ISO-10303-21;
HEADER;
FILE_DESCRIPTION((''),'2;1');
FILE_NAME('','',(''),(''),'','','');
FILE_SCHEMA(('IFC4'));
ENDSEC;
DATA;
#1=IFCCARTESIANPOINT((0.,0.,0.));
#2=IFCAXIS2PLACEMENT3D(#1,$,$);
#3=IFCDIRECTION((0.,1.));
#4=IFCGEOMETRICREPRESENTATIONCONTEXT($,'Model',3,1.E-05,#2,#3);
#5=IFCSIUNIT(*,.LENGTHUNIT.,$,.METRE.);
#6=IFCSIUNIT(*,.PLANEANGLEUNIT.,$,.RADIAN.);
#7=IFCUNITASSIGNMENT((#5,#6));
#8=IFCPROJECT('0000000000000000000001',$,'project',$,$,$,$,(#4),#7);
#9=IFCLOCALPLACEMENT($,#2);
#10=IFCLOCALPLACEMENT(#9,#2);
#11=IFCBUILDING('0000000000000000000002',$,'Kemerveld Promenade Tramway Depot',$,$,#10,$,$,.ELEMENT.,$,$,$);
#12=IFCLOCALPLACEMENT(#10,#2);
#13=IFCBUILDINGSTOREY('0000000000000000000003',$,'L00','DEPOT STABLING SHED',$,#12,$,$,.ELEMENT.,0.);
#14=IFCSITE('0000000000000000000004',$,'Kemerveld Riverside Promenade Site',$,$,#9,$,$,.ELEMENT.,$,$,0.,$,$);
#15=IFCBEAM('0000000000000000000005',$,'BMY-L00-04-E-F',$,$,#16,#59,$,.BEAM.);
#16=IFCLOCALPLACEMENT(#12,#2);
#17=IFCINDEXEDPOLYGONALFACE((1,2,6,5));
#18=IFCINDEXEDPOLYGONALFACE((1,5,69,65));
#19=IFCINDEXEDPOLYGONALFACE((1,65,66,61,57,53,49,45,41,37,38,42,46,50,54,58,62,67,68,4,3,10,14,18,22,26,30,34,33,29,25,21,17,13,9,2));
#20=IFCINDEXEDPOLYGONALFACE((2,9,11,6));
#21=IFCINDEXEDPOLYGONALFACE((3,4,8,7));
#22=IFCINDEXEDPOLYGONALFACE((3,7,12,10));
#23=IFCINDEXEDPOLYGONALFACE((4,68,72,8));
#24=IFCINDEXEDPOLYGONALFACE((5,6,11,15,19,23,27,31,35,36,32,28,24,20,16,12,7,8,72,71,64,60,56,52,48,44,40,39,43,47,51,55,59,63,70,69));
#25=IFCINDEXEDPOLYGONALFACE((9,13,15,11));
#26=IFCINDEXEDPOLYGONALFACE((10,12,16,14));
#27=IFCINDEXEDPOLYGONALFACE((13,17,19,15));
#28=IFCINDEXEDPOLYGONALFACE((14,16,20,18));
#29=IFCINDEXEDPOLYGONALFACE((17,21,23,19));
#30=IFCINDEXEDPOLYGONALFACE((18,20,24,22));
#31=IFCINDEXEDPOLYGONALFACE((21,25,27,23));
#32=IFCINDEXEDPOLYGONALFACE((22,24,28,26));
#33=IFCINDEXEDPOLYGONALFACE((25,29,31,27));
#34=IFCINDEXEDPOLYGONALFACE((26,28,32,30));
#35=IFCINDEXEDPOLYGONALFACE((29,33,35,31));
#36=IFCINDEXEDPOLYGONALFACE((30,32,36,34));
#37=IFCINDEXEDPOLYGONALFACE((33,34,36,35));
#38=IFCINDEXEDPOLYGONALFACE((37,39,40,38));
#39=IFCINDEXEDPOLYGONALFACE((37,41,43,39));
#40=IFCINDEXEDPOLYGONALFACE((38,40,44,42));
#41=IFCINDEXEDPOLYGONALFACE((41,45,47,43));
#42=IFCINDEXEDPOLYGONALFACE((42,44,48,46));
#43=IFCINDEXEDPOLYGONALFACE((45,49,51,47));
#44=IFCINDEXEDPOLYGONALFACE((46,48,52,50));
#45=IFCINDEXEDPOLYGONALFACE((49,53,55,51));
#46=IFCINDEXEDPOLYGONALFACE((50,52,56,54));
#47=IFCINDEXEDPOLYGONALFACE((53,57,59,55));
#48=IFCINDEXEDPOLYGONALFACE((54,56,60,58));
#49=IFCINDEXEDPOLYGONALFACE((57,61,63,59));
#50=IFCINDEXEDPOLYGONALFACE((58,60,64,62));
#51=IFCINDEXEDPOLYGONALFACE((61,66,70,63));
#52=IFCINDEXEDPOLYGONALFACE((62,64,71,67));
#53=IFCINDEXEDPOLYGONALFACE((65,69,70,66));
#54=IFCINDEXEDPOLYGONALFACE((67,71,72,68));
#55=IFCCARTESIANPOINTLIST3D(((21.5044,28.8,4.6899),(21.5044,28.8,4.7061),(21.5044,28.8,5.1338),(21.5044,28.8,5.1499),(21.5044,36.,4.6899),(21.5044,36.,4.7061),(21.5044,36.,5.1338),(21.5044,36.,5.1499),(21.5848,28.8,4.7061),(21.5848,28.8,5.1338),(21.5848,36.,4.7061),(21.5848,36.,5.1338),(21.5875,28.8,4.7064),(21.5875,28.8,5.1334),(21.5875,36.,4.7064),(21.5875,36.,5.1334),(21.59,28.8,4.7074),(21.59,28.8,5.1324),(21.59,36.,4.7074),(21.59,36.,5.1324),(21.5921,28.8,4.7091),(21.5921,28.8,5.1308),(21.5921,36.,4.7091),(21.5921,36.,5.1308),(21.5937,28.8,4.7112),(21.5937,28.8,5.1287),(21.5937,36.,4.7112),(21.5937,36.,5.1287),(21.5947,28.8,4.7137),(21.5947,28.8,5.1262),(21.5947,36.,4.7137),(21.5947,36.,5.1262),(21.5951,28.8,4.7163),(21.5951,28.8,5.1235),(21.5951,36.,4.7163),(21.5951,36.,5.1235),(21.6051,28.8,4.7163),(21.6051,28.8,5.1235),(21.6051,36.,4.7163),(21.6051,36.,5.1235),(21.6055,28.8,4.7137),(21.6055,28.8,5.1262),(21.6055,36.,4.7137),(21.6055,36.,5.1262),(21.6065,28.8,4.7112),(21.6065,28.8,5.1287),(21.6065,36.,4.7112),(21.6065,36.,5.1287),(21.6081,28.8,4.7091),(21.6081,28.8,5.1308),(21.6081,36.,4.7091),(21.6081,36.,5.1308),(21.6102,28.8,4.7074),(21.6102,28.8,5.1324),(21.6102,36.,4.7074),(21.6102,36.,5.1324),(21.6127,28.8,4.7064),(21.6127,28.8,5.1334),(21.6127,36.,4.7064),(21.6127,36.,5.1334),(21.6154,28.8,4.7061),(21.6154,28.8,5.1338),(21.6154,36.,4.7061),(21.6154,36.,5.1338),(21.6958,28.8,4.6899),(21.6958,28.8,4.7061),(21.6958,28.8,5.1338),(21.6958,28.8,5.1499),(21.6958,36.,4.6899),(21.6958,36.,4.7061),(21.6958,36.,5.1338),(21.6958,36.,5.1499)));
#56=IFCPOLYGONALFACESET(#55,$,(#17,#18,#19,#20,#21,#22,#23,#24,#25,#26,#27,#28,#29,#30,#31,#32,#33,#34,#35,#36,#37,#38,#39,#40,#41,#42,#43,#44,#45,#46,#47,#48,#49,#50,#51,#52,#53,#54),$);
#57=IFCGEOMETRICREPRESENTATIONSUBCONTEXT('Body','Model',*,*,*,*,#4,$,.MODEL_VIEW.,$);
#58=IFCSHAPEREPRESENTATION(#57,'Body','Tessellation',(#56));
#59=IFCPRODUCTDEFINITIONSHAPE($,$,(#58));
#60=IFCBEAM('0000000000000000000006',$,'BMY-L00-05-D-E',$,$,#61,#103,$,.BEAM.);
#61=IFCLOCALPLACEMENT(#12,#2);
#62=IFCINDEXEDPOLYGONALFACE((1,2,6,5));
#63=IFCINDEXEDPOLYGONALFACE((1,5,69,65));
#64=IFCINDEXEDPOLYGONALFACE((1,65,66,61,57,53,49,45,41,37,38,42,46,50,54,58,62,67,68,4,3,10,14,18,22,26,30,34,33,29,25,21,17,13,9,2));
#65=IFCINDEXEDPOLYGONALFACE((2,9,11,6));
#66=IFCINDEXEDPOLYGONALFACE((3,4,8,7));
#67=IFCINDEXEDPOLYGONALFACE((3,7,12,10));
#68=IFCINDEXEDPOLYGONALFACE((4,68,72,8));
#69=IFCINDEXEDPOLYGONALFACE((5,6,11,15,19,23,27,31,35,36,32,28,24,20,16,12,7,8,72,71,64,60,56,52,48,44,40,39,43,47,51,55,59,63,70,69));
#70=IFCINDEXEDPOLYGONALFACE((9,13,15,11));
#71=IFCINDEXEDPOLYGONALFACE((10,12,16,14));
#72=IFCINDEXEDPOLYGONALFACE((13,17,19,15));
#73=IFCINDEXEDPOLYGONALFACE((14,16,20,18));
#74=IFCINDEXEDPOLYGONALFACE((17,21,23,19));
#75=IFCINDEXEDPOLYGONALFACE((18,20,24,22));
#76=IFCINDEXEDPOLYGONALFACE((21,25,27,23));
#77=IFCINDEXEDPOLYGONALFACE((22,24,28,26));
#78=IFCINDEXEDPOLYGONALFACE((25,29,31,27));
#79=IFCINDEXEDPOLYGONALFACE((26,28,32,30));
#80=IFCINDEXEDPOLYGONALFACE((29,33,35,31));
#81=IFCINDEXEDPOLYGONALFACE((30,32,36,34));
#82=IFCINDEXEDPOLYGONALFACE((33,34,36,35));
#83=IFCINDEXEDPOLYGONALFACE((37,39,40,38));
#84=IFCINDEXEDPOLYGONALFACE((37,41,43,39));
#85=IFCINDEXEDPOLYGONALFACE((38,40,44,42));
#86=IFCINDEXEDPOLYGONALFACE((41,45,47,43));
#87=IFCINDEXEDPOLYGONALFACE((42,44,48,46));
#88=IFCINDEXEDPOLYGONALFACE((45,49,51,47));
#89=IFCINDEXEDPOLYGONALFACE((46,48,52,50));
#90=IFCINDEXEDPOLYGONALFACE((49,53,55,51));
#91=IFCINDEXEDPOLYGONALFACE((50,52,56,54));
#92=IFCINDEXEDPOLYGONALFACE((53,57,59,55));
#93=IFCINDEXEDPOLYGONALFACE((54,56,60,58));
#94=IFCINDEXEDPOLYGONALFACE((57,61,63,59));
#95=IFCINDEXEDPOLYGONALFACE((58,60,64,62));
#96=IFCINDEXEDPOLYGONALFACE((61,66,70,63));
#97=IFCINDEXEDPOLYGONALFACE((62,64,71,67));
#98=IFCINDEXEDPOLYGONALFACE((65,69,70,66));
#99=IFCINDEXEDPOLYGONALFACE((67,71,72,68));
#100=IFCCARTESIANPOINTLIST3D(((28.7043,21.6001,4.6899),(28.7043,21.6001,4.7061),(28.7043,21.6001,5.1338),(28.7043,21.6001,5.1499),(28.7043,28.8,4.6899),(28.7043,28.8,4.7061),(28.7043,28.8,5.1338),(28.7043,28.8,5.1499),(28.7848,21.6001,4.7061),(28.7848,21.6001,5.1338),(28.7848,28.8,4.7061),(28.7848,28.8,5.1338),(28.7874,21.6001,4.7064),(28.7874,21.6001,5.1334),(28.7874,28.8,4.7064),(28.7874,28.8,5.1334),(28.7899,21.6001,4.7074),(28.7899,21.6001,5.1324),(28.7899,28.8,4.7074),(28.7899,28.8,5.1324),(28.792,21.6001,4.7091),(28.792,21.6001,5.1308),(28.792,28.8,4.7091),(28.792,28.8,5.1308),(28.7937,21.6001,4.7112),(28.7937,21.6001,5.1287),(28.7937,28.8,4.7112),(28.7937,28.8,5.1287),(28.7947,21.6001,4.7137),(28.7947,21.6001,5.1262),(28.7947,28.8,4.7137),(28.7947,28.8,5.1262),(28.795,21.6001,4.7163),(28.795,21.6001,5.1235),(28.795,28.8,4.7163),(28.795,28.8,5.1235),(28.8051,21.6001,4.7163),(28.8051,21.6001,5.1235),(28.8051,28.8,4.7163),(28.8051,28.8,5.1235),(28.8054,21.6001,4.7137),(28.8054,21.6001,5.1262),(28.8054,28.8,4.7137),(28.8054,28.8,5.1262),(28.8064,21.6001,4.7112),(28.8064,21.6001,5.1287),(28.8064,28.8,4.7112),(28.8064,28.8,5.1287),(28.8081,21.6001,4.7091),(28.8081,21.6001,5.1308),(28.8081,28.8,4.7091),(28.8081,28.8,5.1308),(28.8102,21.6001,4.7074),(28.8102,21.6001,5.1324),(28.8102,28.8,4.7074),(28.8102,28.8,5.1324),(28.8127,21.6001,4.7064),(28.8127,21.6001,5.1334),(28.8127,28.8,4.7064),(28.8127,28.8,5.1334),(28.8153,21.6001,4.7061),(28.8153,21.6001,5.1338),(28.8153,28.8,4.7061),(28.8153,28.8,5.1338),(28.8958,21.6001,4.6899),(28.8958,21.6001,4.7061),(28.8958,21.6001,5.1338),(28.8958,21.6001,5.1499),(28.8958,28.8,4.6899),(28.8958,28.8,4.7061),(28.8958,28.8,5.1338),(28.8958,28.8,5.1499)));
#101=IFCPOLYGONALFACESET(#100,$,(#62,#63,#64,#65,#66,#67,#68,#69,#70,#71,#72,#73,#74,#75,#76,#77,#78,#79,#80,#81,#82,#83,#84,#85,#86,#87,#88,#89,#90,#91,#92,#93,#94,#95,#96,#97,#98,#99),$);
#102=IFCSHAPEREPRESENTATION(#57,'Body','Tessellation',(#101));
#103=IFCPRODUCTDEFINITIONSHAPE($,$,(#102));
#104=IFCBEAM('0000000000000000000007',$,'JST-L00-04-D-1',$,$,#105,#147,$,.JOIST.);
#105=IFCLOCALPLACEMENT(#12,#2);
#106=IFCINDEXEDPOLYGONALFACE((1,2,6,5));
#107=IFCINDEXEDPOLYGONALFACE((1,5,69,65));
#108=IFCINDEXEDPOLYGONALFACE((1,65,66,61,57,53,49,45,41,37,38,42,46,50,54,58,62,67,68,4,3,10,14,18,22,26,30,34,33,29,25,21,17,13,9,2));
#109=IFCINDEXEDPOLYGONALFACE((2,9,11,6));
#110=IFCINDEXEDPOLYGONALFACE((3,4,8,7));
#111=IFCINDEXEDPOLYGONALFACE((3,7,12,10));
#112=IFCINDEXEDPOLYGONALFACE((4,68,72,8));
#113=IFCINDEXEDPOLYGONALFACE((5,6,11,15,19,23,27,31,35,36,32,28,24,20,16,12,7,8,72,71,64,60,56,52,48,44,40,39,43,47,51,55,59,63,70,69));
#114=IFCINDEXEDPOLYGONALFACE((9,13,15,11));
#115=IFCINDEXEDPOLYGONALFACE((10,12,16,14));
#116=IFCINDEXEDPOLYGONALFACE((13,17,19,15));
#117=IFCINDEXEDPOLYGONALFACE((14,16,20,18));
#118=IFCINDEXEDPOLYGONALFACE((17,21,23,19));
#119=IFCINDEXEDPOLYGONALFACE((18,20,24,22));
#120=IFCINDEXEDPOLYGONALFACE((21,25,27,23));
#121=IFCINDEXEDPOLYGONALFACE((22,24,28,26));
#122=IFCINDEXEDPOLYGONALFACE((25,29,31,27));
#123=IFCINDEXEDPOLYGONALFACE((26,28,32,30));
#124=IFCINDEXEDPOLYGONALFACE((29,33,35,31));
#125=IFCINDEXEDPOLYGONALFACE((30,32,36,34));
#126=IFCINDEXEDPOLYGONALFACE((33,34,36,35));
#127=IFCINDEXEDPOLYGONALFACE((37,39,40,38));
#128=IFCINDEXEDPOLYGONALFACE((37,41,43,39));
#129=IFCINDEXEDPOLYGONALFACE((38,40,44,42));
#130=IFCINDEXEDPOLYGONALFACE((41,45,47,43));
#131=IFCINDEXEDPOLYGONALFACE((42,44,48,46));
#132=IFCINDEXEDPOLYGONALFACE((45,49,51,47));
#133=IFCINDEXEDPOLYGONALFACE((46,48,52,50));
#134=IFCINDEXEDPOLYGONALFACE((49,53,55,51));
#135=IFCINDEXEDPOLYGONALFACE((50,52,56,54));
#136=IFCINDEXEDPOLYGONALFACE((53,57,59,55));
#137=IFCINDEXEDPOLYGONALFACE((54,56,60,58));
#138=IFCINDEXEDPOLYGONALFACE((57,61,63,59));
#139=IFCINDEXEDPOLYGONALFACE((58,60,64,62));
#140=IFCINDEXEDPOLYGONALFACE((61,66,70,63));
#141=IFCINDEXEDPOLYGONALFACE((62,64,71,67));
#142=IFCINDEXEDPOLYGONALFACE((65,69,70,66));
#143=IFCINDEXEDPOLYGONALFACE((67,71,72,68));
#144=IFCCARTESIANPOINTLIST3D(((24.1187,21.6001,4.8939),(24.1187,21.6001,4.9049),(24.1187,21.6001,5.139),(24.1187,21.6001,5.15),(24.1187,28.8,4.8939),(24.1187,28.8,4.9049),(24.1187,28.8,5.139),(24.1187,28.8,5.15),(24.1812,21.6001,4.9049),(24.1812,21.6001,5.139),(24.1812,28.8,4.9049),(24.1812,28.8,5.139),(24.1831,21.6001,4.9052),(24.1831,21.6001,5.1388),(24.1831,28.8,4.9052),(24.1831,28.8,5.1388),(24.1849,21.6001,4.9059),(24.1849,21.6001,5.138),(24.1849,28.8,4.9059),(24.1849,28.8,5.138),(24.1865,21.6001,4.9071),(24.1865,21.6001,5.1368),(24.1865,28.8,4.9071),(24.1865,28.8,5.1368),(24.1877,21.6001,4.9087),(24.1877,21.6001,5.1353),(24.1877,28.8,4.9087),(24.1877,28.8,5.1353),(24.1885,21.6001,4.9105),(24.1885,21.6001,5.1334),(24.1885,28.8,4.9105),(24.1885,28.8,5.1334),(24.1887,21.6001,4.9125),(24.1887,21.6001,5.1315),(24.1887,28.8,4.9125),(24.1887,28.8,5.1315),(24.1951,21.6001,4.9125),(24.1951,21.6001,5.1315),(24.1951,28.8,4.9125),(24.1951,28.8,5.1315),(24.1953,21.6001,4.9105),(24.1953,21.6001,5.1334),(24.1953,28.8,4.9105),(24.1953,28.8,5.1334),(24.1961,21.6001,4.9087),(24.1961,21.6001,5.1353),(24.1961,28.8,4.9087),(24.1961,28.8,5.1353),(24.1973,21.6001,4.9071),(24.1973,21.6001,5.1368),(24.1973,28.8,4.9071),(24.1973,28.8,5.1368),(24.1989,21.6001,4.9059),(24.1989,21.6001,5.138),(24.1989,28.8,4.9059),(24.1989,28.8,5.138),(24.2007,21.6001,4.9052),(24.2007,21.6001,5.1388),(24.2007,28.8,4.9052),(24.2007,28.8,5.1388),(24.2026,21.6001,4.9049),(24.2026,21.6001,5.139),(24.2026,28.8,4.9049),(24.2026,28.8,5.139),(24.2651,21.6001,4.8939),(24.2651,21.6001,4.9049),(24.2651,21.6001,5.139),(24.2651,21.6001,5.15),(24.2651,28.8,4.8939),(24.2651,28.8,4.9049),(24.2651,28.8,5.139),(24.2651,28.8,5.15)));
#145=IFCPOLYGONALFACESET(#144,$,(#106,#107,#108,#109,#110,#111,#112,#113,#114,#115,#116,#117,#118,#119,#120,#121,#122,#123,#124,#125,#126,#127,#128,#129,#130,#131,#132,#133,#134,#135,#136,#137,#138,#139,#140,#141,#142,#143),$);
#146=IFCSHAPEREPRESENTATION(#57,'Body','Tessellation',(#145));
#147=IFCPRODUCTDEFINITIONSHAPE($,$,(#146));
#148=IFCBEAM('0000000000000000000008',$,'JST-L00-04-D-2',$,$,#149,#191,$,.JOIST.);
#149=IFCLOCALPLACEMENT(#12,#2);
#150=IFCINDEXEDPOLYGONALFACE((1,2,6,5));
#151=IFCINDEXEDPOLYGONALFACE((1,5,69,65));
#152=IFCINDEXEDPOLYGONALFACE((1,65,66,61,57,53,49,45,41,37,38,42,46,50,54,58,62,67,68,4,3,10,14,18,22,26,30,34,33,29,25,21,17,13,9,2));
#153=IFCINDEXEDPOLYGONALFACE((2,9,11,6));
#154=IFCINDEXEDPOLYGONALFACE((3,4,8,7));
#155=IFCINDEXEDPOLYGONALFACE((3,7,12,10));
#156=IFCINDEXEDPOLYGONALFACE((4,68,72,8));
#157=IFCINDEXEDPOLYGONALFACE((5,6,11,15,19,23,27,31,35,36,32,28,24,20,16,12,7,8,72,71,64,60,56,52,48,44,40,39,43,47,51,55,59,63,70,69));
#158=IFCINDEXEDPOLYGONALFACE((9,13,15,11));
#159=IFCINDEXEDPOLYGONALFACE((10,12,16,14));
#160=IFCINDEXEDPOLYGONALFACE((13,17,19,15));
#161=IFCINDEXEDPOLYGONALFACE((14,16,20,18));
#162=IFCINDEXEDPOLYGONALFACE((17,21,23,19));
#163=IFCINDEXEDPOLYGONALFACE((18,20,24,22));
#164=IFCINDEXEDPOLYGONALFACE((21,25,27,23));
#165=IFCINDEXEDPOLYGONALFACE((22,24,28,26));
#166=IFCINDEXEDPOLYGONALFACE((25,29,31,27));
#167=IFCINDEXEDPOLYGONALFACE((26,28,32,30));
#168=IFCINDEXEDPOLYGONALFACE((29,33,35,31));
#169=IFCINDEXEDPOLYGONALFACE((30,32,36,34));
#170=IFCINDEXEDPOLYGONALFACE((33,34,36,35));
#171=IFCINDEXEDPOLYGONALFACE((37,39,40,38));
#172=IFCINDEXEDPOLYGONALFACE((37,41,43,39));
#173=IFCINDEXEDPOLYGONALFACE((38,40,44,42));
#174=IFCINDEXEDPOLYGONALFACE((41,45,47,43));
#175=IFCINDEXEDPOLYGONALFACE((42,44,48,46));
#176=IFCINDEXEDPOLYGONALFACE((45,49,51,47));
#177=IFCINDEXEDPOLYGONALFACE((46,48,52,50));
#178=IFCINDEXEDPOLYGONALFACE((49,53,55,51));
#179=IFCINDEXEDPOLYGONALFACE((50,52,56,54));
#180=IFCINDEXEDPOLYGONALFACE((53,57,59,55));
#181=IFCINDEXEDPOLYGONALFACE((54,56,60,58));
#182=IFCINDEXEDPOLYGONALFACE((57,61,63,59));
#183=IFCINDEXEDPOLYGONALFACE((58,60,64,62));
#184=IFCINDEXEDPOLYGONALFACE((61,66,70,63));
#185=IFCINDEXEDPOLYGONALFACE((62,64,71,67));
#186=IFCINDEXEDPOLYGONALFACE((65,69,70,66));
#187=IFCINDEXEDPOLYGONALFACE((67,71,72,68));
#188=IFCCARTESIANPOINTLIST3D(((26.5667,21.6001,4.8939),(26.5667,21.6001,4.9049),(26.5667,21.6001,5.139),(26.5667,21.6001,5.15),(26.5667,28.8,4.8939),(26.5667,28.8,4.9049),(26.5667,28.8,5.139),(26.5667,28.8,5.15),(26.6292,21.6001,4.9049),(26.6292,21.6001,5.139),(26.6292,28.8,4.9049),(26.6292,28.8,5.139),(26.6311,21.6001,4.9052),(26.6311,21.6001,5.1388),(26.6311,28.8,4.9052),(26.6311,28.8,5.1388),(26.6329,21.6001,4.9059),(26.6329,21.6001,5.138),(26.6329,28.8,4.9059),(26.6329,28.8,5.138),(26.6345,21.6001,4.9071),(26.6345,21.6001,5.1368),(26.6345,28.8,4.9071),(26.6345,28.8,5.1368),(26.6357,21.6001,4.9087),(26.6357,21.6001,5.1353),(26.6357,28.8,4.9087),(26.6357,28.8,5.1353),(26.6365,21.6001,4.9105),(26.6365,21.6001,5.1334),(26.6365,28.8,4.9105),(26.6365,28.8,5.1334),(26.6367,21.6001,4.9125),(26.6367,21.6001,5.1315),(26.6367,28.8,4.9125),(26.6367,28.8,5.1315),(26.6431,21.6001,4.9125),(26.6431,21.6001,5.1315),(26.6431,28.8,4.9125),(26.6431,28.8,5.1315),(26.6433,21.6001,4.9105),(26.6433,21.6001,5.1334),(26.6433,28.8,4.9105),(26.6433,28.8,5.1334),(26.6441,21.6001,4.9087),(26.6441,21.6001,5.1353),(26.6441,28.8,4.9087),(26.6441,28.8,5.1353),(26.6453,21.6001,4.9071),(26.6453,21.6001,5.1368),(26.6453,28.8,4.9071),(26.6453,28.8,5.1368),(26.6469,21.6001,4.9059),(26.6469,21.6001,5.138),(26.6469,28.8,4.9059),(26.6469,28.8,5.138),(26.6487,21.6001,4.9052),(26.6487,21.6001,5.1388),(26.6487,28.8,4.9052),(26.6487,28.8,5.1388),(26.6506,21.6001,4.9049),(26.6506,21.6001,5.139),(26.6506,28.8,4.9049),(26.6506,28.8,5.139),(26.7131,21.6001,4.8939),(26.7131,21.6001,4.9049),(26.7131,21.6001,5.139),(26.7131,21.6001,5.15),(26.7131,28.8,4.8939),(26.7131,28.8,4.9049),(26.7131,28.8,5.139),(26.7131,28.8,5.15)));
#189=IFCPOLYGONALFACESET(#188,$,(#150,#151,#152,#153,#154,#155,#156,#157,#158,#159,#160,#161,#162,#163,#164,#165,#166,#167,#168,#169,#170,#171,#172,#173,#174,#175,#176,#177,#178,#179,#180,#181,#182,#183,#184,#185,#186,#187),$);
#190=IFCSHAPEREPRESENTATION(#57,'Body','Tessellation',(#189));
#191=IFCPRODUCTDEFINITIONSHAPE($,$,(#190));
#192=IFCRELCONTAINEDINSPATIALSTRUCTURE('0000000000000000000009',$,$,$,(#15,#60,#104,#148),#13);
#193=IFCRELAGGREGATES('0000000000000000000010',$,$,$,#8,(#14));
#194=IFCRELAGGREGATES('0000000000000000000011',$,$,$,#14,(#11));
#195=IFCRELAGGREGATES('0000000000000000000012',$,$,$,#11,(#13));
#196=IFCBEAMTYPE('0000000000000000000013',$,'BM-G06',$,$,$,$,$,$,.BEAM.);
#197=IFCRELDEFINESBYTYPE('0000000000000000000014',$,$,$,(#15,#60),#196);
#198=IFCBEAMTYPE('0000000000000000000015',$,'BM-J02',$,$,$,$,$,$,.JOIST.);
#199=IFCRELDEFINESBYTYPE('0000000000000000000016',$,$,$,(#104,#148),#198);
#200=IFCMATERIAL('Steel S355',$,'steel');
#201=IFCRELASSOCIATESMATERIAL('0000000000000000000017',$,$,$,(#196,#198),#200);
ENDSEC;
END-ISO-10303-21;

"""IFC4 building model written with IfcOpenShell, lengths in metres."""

from ifc_helpers import new_model, si_unit, direction, frame, origin, origin_2d, place, context, subcontext, project, spatial, i_section, extrude, material, material_profile, profile_set, type_object, element, save


model = new_model("IFC4")

# Units and contexts
model_context = context("Model", 3, precision=1e-05, world=origin(), true_north=direction((0.0, 1.0)))
body_context = subcontext(model_context, "Body", "Model", "MODEL_VIEW")
ifc_project = project(units=[si_unit("LENGTHUNIT", "METRE"), si_unit("PLANEANGLEUNIT", "RADIAN")], contexts=[model_context])

# Site, building, storey
site_placement = place(None, origin())
site = spatial("IfcSite", under=ifc_project, at=site_placement, Name="Kemerveld Riverside Promenade Site", CompositionType="ELEMENT", RefElevation=0.0)
building_placement = place(site_placement, origin())
building = spatial("IfcBuilding", under=site, at=building_placement, Name="Kemerveld Promenade Tramway Depot", CompositionType="ELEMENT")
storey_placement = place(building_placement, origin())
storey = spatial("IfcBuildingStorey", under=building, at=storey_placement, Name="L00", Description="DEPOT STABLING SHED", CompositionType="ELEMENT", Elevation=0.0)

# Shared definitions
ifc_material_1 = material(Name="Steel S355", Category="steel")

# Beams
ifc_material_profile_1 = material_profile(ifc_material_1, i_section(OverallWidth=0.1914, OverallDepth=0.46, WebThickness=0.01, FlangeThickness=0.0161, FilletRadius=0.0103, at=origin_2d()), Name="457x191x82 UB")
ifc_profile_set_1 = profile_set([ifc_material_profile_1], Name="Steel S355")
beam_type_1 = type_object("IfcBeamType", Name="BM-G06", PredefinedType="BEAM", material=ifc_profile_set_1)
for number, where, z_axis, x_axis, name in (
    (1, (21.6001, 28.8, 4.9199), (0.0, 1.0, 0.0), (-1.0, 0.0, 0.0), "BMY-L00-04-E-F"),
    (2, (28.8, 21.6001, 4.9199), (0.0, 1.0, 0.0), (-1.0, 0.0, 0.0), "BMY-L00-05-D-E"),
):
    element("IfcBeam", number, at=place(storey_placement, frame(where, z_axis=z_axis, x_axis=x_axis)), inside=storey, type_object=beam_type_1, Name=name, PredefinedType="BEAM", context=body_context, shape_type="SweptSolid", body=[
        extrude(i_section(OverallWidth=0.1914, OverallDepth=0.46, WebThickness=0.01, FlangeThickness=0.0161, FilletRadius=0.0103, at=origin_2d()), origin(), (0.0, 0.0, 1.0), 7.2),
    ])
ifc_material_profile_2 = material_profile(ifc_material_1, i_section(OverallWidth=0.1465, OverallDepth=0.2561, WebThickness=0.0063, FlangeThickness=0.011, FilletRadius=0.0076, at=origin_2d()), Name="254x146x37 UB")
ifc_profile_set_2 = profile_set([ifc_material_profile_2], Name="Steel S355")
beam_type_2 = type_object("IfcBeamType", Name="BM-J02", PredefinedType="JOIST", material=ifc_profile_set_2)
for number, where, z_axis, x_axis, name in (
    (3, (24.1919, 21.6001, 5.022), (0.0, 1.0, 0.0), (-1.0, 0.0, 0.0), "JST-L00-04-D-1"),
    (4, (26.6399, 21.6001, 5.022), (0.0, 1.0, 0.0), (-1.0, 0.0, 0.0), "JST-L00-04-D-2"),
):
    element("IfcBeam", number, at=place(storey_placement, frame(where, z_axis=z_axis, x_axis=x_axis)), inside=storey, type_object=beam_type_2, Name=name, PredefinedType="JOIST", context=body_context, shape_type="SweptSolid", body=[
        extrude(i_section(OverallWidth=0.1465, OverallDepth=0.2561, WebThickness=0.0063, FlangeThickness=0.011, FilletRadius=0.0076, at=origin_2d()), origin(), (0.0, 0.0, 1.0), 7.2),
    ])

save(model, "model.ifc")
